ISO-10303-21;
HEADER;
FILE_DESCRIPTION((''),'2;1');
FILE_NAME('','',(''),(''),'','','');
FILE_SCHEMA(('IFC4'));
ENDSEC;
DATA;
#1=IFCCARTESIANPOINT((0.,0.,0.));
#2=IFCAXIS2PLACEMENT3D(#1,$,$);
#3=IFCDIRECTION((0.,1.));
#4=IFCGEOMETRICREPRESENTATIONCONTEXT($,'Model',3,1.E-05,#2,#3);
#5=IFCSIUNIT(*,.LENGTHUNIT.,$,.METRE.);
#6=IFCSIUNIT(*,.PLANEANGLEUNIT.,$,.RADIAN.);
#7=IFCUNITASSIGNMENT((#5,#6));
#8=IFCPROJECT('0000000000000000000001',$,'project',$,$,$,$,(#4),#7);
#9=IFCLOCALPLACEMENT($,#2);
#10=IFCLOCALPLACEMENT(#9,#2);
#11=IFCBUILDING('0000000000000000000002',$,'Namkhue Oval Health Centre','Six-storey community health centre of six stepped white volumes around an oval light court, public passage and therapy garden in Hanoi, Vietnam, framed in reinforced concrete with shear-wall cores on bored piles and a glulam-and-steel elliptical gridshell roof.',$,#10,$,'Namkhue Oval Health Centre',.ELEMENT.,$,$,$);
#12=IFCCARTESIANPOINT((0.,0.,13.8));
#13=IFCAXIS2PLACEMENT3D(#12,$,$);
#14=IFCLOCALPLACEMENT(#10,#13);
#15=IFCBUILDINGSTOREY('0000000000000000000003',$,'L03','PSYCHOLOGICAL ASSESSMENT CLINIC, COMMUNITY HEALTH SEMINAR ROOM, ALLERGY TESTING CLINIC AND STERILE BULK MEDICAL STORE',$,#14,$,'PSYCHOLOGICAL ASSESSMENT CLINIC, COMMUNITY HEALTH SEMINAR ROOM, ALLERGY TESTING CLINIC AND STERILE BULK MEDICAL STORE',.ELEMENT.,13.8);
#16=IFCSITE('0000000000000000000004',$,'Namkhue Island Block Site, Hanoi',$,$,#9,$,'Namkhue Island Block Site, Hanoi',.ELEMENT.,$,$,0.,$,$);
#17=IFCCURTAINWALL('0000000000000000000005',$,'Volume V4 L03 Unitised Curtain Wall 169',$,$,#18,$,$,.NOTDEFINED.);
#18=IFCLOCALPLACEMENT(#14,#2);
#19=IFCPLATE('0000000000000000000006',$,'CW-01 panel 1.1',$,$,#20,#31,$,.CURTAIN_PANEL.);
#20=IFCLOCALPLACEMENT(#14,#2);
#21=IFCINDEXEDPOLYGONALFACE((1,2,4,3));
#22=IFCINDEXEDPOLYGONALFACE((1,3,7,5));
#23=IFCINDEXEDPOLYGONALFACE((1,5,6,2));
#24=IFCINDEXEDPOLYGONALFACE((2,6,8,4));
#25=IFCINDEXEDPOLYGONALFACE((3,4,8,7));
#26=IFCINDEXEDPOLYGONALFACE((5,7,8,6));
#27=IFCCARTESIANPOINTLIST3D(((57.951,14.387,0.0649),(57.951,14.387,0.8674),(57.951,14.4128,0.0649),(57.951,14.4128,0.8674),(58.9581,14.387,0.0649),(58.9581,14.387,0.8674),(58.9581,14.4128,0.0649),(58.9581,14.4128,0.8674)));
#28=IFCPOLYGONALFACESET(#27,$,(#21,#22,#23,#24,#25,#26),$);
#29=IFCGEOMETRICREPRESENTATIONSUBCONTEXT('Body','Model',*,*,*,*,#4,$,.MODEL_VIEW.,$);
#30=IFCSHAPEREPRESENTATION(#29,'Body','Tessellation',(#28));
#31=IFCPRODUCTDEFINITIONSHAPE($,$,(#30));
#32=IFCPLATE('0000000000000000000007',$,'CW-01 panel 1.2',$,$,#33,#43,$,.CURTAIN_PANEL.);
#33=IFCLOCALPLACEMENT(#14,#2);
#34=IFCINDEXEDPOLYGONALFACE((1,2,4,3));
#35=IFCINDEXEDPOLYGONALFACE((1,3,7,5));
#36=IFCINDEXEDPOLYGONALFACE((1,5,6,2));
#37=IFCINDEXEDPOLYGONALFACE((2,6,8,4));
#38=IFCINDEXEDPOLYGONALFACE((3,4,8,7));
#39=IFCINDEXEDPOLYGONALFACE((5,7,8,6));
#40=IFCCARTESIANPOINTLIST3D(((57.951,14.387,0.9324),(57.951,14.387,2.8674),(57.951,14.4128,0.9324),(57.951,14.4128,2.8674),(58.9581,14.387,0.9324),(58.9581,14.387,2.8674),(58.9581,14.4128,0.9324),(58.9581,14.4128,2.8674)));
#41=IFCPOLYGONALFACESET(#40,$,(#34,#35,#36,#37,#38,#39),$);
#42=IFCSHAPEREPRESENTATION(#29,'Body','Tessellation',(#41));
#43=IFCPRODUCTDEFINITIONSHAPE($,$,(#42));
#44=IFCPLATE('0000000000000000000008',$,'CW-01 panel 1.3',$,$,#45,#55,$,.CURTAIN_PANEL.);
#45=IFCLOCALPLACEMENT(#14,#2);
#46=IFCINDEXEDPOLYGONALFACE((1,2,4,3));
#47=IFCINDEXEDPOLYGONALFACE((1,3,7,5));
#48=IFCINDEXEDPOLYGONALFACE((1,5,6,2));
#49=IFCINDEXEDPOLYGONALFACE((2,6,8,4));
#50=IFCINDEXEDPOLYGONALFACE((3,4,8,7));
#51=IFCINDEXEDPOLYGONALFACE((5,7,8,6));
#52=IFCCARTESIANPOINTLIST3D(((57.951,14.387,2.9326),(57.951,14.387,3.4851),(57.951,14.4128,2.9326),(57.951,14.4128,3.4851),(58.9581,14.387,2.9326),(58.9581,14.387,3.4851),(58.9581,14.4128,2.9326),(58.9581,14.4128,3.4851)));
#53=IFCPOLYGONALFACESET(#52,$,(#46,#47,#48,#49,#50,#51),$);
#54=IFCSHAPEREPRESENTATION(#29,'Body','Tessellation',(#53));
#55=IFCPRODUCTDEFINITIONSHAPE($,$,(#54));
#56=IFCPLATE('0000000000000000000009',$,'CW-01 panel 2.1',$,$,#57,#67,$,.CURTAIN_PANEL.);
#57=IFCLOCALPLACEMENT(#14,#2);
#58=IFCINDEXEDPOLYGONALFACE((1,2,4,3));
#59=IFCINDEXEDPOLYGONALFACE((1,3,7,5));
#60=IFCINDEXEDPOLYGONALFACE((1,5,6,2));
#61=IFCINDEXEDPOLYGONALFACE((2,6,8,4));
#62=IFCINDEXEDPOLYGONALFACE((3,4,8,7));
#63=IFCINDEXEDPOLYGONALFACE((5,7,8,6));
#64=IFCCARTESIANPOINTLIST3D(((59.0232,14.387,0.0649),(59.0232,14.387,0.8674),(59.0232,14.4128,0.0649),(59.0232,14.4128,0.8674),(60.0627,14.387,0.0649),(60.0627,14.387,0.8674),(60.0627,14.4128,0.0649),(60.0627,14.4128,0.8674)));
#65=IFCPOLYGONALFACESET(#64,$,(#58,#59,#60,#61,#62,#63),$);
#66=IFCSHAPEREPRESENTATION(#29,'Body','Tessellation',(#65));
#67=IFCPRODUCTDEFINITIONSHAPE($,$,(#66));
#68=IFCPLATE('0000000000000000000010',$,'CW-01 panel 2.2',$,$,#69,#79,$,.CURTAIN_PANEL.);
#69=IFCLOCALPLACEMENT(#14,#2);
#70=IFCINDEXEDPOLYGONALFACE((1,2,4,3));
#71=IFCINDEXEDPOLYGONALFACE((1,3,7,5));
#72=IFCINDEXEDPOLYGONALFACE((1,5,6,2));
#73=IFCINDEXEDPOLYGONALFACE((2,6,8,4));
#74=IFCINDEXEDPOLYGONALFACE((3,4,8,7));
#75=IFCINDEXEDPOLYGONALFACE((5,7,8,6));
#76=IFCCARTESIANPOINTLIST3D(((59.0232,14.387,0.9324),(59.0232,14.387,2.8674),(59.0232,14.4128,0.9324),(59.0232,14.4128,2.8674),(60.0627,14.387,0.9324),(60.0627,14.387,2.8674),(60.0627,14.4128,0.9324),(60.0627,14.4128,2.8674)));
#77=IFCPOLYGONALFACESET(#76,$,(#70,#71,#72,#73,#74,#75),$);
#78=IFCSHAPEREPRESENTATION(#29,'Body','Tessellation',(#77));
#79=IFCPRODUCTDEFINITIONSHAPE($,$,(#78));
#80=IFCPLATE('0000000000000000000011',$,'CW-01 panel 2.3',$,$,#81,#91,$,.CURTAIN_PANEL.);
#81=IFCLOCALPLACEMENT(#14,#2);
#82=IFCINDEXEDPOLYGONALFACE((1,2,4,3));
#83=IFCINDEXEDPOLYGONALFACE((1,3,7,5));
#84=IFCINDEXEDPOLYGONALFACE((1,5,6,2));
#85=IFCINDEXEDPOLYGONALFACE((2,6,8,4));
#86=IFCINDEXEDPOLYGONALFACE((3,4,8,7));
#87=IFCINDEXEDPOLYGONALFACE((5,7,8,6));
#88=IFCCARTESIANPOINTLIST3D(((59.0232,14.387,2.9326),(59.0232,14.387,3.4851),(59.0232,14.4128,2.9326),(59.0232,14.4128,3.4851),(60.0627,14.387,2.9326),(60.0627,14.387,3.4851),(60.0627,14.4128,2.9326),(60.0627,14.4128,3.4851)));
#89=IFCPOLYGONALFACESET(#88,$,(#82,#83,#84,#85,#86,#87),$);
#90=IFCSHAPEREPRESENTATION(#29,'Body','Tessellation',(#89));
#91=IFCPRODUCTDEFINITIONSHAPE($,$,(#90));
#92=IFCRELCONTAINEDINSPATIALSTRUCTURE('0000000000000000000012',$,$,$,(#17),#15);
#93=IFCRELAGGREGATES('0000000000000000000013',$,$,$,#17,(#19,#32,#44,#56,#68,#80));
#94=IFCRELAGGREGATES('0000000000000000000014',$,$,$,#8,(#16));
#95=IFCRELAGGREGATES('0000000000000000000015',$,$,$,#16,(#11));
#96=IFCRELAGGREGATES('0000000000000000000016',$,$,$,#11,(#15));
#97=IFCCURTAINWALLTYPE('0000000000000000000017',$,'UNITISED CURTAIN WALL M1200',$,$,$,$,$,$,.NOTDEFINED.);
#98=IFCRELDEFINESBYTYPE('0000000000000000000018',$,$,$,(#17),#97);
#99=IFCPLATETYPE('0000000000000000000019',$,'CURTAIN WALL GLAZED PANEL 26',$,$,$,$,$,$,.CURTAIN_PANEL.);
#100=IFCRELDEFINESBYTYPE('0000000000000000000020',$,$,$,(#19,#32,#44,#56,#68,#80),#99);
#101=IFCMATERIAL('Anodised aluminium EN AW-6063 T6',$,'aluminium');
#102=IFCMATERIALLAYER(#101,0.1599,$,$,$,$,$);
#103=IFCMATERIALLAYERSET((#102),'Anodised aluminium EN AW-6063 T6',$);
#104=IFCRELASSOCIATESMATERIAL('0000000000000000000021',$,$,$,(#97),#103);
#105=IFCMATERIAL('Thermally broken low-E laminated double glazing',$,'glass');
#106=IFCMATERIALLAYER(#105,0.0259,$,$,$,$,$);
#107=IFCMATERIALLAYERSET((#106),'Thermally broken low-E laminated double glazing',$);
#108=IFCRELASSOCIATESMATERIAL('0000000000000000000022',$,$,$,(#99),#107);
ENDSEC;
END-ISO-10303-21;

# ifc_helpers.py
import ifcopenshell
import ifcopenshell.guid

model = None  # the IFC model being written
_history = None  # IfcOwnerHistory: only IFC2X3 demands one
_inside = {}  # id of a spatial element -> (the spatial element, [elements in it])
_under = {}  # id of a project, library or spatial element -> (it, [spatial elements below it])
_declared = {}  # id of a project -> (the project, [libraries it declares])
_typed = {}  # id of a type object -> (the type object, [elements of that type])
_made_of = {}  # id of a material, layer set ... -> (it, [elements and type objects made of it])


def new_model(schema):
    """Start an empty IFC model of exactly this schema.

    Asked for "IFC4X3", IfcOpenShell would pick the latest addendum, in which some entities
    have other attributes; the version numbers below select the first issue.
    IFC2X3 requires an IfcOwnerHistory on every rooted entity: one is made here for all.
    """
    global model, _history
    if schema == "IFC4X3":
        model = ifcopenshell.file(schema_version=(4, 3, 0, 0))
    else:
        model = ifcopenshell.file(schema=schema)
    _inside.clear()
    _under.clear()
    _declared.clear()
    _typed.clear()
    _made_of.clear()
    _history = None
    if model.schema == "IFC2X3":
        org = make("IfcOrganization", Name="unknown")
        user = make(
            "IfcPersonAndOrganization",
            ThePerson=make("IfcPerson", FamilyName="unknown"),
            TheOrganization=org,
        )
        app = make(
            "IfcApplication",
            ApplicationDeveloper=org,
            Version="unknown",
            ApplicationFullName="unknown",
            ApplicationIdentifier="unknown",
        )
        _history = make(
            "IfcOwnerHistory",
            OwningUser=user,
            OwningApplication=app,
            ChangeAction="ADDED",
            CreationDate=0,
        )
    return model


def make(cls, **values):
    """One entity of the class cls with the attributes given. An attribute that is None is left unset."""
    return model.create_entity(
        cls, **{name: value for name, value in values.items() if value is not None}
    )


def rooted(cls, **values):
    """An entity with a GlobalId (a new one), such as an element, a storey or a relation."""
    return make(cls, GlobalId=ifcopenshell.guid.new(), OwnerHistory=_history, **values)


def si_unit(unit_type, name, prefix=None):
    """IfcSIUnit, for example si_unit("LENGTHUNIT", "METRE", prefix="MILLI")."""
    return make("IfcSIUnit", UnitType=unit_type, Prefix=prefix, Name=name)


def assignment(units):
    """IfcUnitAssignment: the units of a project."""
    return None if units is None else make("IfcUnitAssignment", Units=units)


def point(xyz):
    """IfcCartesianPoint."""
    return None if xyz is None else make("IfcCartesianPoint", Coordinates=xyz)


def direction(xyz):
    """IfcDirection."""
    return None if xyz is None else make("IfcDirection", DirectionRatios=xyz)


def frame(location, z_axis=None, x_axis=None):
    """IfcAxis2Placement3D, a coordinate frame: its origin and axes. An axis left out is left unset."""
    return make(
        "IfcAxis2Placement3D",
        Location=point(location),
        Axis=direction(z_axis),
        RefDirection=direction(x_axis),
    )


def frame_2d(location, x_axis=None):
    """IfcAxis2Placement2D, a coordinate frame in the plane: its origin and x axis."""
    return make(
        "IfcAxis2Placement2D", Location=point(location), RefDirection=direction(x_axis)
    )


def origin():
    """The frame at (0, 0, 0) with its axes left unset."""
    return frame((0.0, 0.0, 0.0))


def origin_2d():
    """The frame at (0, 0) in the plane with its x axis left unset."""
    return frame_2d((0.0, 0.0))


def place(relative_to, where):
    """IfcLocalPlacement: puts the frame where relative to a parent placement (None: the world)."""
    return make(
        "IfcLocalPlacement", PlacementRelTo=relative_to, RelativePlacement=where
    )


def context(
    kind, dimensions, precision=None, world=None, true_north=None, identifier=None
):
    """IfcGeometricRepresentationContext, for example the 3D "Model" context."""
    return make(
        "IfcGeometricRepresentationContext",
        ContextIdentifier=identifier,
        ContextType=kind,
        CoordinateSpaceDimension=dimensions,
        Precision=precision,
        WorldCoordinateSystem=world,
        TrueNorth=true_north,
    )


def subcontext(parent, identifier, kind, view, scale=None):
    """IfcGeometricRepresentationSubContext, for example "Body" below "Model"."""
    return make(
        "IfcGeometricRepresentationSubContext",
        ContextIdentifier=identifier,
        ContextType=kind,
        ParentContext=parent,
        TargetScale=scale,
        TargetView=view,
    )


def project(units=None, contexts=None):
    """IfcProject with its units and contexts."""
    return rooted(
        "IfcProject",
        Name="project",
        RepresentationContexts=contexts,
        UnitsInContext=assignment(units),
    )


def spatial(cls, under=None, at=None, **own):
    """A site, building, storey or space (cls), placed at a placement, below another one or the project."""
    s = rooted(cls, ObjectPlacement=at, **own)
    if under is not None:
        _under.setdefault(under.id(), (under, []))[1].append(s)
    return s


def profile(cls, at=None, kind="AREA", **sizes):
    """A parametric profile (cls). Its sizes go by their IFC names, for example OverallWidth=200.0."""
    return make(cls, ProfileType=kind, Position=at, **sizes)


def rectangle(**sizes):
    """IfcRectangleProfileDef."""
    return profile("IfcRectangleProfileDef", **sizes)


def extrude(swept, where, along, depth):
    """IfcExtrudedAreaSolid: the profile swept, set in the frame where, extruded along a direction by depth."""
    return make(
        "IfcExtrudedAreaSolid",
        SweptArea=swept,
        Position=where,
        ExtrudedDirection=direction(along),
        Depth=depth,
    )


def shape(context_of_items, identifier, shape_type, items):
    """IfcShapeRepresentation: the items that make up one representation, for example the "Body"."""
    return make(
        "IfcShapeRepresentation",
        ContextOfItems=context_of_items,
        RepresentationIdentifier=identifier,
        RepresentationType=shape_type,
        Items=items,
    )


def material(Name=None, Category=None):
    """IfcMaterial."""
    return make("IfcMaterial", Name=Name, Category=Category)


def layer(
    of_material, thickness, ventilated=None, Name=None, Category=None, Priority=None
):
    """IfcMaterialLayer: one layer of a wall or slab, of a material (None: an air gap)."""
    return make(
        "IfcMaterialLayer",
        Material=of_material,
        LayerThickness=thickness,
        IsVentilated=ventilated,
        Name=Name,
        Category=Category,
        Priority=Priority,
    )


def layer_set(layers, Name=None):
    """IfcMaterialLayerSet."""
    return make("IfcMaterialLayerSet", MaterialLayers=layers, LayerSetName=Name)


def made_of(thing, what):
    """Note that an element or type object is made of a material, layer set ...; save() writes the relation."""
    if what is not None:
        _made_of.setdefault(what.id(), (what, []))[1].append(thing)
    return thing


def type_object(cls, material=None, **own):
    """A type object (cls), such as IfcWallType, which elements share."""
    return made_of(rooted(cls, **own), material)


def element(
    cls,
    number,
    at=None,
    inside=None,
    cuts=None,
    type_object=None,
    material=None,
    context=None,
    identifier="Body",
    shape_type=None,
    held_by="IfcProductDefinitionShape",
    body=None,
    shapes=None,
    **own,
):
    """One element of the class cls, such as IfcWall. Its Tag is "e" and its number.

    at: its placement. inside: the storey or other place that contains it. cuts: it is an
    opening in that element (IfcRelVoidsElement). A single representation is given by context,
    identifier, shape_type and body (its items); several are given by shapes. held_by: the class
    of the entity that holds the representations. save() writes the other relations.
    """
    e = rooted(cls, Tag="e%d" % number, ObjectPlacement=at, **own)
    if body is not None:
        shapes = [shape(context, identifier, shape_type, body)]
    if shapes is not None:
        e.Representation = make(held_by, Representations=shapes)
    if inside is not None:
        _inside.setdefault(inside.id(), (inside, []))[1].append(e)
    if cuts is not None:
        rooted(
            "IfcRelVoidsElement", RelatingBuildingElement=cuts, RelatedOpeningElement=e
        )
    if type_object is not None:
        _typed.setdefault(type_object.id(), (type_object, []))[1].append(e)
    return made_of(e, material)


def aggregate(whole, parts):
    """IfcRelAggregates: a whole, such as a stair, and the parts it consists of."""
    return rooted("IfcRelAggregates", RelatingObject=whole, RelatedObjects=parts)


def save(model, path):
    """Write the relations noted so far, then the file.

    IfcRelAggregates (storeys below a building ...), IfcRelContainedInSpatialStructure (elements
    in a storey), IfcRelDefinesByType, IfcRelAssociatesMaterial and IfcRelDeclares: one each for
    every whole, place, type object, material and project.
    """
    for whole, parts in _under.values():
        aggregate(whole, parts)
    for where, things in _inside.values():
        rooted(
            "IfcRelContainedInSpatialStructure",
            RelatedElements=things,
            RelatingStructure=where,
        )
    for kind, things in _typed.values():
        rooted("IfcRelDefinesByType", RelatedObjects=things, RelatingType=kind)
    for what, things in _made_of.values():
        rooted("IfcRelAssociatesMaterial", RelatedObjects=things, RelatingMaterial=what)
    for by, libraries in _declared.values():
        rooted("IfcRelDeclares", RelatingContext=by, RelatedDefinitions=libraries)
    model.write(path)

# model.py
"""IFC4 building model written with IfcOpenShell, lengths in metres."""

from ifc_helpers import new_model, si_unit, direction, frame, origin, origin_2d, place, context, subcontext, project, spatial, rectangle, extrude, material, layer, layer_set, type_object, element, aggregate, save


model = new_model("IFC4")

# Units and contexts
model_context = context("Model", 3, precision=1e-05, world=origin(), true_north=direction((0.0, 1.0)))
body_context = subcontext(model_context, "Body", "Model", "MODEL_VIEW")
ifc_project = project(units=[si_unit("LENGTHUNIT", "METRE"), si_unit("PLANEANGLEUNIT", "RADIAN")], contexts=[model_context])

# Site, building, storey
site_placement = place(None, origin())
site = spatial("IfcSite", under=ifc_project, at=site_placement, Name="Namkhue Island Block Site, Hanoi", LongName="Namkhue Island Block Site, Hanoi", CompositionType="ELEMENT", RefElevation=0.0)
building_placement = place(site_placement, origin())
building = spatial("IfcBuilding", under=site, at=building_placement, Name="Namkhue Oval Health Centre", Description="Six-storey community health centre of six stepped white volumes around an oval light court, public passage and therapy garden in Hanoi, Vietnam, framed in reinforced concrete with shear-wall cores on bored piles and a glulam-and-steel elliptical gridshell roof.", LongName="Namkhue Oval Health Centre", CompositionType="ELEMENT")
storey_placement = place(building_placement, frame((0.0, 0.0, 13.8)))
storey = spatial("IfcBuildingStorey", under=building, at=storey_placement, Name="L03", Description="PSYCHOLOGICAL ASSESSMENT CLINIC, COMMUNITY HEALTH SEMINAR ROOM, ALLERGY TESTING CLINIC AND STERILE BULK MEDICAL STORE", LongName="PSYCHOLOGICAL ASSESSMENT CLINIC, COMMUNITY HEALTH SEMINAR ROOM, ALLERGY TESTING CLINIC AND STERILE BULK MEDICAL STORE", CompositionType="ELEMENT", Elevation=13.8)

# Curtain wall
ifc_material_1 = material(Name="Anodised aluminium EN AW-6063 T6", Category="aluminium")
ifc_layer_1 = layer(ifc_material_1, 0.1599)
ifc_layer_set_1 = layer_set([ifc_layer_1], Name="Anodised aluminium EN AW-6063 T6")
curtain_wall_type = type_object("IfcCurtainWallType", Name="UNITISED CURTAIN WALL M1200", PredefinedType="NOTDEFINED", material=ifc_layer_set_1)
curtain_wall_placement = place(storey_placement, origin())
curtain_wall = element("IfcCurtainWall", 1, at=curtain_wall_placement, inside=storey, type_object=curtain_wall_type, Name="Volume V4 L03 Unitised Curtain Wall 169", PredefinedType="NOTDEFINED")

# Plates
ifc_material_2 = material(Name="Thermally broken low-E laminated double glazing", Category="glass")
ifc_layer_2 = layer(ifc_material_2, 0.0259)
ifc_layer_set_2 = layer_set([ifc_layer_2], Name="Thermally broken low-E laminated double glazing")
plate_type = type_object("IfcPlateType", Name="CURTAIN WALL GLAZED PANEL 26", PredefinedType="CURTAIN_PANEL", material=ifc_layer_set_2)
plate_1_placement = place(storey_placement, frame((58.4546, 14.3999, 0.0649), z_axis=(0.0, 0.0, 1.0), x_axis=(1.0, 0.0, 0.0)))
plate_1 = element("IfcPlate", 2, at=plate_1_placement, type_object=plate_type, Name="CW-01 panel 1.1", PredefinedType="CURTAIN_PANEL", context=body_context, shape_type="SweptSolid", body=[
    extrude(rectangle(XDim=1.0071, YDim=0.0259, at=origin_2d()), origin(), (0.0, 0.0, 1.0), 0.8025),
])
plate_2_placement = place(storey_placement, frame((58.4546, 14.3999, 0.9324), z_axis=(0.0, 0.0, 1.0), x_axis=(1.0, 0.0, 0.0)))
plate_2 = element("IfcPlate", 3, at=plate_2_placement, type_object=plate_type, Name="CW-01 panel 1.2", PredefinedType="CURTAIN_PANEL", context=body_context, shape_type="SweptSolid", body=[
    extrude(rectangle(XDim=1.0071, YDim=0.0259, at=origin_2d()), origin(), (0.0, 0.0, 1.0), 1.9351),
])
plate_3_placement = place(storey_placement, frame((58.4546, 14.3999, 2.9326), z_axis=(0.0, 0.0, 1.0), x_axis=(1.0, 0.0, 0.0)))
plate_3 = element("IfcPlate", 4, at=plate_3_placement, type_object=plate_type, Name="CW-01 panel 1.3", PredefinedType="CURTAIN_PANEL", context=body_context, shape_type="SweptSolid", body=[
    extrude(rectangle(XDim=1.0071, YDim=0.0259, at=origin_2d()), origin(), (0.0, 0.0, 1.0), 0.5525),
])
plate_4_placement = place(storey_placement, frame((59.543, 14.3999, 0.0649), z_axis=(0.0, 0.0, 1.0), x_axis=(1.0, 0.0, 0.0)))
plate_4 = element("IfcPlate", 5, at=plate_4_placement, type_object=plate_type, Name="CW-01 panel 2.1", PredefinedType="CURTAIN_PANEL", context=body_context, shape_type="SweptSolid", body=[
    extrude(rectangle(XDim=1.0396, YDim=0.0259, at=origin_2d()), origin(), (0.0, 0.0, 1.0), 0.8025),
])
plate_5_placement = place(storey_placement, frame((59.543, 14.3999, 0.9324), z_axis=(0.0, 0.0, 1.0), x_axis=(1.0, 0.0, 0.0)))
plate_5 = element("IfcPlate", 6, at=plate_5_placement, type_object=plate_type, Name="CW-01 panel 2.2", PredefinedType="CURTAIN_PANEL", context=body_context, shape_type="SweptSolid", body=[
    extrude(rectangle(XDim=1.0396, YDim=0.0259, at=origin_2d()), origin(), (0.0, 0.0, 1.0), 1.9351),
])
plate_6_placement = place(storey_placement, frame((59.543, 14.3999, 2.9326), z_axis=(0.0, 0.0, 1.0), x_axis=(1.0, 0.0, 0.0)))
plate_6 = element("IfcPlate", 7, at=plate_6_placement, type_object=plate_type, Name="CW-01 panel 2.3", PredefinedType="CURTAIN_PANEL", context=body_context, shape_type="SweptSolid", body=[
    extrude(rectangle(XDim=1.0396, YDim=0.0259, at=origin_2d()), origin(), (0.0, 0.0, 1.0), 0.5525),
])
aggregate(curtain_wall, [plate_1, plate_2, plate_3, plate_4, plate_5, plate_6])

save(model, "model.ifc")
